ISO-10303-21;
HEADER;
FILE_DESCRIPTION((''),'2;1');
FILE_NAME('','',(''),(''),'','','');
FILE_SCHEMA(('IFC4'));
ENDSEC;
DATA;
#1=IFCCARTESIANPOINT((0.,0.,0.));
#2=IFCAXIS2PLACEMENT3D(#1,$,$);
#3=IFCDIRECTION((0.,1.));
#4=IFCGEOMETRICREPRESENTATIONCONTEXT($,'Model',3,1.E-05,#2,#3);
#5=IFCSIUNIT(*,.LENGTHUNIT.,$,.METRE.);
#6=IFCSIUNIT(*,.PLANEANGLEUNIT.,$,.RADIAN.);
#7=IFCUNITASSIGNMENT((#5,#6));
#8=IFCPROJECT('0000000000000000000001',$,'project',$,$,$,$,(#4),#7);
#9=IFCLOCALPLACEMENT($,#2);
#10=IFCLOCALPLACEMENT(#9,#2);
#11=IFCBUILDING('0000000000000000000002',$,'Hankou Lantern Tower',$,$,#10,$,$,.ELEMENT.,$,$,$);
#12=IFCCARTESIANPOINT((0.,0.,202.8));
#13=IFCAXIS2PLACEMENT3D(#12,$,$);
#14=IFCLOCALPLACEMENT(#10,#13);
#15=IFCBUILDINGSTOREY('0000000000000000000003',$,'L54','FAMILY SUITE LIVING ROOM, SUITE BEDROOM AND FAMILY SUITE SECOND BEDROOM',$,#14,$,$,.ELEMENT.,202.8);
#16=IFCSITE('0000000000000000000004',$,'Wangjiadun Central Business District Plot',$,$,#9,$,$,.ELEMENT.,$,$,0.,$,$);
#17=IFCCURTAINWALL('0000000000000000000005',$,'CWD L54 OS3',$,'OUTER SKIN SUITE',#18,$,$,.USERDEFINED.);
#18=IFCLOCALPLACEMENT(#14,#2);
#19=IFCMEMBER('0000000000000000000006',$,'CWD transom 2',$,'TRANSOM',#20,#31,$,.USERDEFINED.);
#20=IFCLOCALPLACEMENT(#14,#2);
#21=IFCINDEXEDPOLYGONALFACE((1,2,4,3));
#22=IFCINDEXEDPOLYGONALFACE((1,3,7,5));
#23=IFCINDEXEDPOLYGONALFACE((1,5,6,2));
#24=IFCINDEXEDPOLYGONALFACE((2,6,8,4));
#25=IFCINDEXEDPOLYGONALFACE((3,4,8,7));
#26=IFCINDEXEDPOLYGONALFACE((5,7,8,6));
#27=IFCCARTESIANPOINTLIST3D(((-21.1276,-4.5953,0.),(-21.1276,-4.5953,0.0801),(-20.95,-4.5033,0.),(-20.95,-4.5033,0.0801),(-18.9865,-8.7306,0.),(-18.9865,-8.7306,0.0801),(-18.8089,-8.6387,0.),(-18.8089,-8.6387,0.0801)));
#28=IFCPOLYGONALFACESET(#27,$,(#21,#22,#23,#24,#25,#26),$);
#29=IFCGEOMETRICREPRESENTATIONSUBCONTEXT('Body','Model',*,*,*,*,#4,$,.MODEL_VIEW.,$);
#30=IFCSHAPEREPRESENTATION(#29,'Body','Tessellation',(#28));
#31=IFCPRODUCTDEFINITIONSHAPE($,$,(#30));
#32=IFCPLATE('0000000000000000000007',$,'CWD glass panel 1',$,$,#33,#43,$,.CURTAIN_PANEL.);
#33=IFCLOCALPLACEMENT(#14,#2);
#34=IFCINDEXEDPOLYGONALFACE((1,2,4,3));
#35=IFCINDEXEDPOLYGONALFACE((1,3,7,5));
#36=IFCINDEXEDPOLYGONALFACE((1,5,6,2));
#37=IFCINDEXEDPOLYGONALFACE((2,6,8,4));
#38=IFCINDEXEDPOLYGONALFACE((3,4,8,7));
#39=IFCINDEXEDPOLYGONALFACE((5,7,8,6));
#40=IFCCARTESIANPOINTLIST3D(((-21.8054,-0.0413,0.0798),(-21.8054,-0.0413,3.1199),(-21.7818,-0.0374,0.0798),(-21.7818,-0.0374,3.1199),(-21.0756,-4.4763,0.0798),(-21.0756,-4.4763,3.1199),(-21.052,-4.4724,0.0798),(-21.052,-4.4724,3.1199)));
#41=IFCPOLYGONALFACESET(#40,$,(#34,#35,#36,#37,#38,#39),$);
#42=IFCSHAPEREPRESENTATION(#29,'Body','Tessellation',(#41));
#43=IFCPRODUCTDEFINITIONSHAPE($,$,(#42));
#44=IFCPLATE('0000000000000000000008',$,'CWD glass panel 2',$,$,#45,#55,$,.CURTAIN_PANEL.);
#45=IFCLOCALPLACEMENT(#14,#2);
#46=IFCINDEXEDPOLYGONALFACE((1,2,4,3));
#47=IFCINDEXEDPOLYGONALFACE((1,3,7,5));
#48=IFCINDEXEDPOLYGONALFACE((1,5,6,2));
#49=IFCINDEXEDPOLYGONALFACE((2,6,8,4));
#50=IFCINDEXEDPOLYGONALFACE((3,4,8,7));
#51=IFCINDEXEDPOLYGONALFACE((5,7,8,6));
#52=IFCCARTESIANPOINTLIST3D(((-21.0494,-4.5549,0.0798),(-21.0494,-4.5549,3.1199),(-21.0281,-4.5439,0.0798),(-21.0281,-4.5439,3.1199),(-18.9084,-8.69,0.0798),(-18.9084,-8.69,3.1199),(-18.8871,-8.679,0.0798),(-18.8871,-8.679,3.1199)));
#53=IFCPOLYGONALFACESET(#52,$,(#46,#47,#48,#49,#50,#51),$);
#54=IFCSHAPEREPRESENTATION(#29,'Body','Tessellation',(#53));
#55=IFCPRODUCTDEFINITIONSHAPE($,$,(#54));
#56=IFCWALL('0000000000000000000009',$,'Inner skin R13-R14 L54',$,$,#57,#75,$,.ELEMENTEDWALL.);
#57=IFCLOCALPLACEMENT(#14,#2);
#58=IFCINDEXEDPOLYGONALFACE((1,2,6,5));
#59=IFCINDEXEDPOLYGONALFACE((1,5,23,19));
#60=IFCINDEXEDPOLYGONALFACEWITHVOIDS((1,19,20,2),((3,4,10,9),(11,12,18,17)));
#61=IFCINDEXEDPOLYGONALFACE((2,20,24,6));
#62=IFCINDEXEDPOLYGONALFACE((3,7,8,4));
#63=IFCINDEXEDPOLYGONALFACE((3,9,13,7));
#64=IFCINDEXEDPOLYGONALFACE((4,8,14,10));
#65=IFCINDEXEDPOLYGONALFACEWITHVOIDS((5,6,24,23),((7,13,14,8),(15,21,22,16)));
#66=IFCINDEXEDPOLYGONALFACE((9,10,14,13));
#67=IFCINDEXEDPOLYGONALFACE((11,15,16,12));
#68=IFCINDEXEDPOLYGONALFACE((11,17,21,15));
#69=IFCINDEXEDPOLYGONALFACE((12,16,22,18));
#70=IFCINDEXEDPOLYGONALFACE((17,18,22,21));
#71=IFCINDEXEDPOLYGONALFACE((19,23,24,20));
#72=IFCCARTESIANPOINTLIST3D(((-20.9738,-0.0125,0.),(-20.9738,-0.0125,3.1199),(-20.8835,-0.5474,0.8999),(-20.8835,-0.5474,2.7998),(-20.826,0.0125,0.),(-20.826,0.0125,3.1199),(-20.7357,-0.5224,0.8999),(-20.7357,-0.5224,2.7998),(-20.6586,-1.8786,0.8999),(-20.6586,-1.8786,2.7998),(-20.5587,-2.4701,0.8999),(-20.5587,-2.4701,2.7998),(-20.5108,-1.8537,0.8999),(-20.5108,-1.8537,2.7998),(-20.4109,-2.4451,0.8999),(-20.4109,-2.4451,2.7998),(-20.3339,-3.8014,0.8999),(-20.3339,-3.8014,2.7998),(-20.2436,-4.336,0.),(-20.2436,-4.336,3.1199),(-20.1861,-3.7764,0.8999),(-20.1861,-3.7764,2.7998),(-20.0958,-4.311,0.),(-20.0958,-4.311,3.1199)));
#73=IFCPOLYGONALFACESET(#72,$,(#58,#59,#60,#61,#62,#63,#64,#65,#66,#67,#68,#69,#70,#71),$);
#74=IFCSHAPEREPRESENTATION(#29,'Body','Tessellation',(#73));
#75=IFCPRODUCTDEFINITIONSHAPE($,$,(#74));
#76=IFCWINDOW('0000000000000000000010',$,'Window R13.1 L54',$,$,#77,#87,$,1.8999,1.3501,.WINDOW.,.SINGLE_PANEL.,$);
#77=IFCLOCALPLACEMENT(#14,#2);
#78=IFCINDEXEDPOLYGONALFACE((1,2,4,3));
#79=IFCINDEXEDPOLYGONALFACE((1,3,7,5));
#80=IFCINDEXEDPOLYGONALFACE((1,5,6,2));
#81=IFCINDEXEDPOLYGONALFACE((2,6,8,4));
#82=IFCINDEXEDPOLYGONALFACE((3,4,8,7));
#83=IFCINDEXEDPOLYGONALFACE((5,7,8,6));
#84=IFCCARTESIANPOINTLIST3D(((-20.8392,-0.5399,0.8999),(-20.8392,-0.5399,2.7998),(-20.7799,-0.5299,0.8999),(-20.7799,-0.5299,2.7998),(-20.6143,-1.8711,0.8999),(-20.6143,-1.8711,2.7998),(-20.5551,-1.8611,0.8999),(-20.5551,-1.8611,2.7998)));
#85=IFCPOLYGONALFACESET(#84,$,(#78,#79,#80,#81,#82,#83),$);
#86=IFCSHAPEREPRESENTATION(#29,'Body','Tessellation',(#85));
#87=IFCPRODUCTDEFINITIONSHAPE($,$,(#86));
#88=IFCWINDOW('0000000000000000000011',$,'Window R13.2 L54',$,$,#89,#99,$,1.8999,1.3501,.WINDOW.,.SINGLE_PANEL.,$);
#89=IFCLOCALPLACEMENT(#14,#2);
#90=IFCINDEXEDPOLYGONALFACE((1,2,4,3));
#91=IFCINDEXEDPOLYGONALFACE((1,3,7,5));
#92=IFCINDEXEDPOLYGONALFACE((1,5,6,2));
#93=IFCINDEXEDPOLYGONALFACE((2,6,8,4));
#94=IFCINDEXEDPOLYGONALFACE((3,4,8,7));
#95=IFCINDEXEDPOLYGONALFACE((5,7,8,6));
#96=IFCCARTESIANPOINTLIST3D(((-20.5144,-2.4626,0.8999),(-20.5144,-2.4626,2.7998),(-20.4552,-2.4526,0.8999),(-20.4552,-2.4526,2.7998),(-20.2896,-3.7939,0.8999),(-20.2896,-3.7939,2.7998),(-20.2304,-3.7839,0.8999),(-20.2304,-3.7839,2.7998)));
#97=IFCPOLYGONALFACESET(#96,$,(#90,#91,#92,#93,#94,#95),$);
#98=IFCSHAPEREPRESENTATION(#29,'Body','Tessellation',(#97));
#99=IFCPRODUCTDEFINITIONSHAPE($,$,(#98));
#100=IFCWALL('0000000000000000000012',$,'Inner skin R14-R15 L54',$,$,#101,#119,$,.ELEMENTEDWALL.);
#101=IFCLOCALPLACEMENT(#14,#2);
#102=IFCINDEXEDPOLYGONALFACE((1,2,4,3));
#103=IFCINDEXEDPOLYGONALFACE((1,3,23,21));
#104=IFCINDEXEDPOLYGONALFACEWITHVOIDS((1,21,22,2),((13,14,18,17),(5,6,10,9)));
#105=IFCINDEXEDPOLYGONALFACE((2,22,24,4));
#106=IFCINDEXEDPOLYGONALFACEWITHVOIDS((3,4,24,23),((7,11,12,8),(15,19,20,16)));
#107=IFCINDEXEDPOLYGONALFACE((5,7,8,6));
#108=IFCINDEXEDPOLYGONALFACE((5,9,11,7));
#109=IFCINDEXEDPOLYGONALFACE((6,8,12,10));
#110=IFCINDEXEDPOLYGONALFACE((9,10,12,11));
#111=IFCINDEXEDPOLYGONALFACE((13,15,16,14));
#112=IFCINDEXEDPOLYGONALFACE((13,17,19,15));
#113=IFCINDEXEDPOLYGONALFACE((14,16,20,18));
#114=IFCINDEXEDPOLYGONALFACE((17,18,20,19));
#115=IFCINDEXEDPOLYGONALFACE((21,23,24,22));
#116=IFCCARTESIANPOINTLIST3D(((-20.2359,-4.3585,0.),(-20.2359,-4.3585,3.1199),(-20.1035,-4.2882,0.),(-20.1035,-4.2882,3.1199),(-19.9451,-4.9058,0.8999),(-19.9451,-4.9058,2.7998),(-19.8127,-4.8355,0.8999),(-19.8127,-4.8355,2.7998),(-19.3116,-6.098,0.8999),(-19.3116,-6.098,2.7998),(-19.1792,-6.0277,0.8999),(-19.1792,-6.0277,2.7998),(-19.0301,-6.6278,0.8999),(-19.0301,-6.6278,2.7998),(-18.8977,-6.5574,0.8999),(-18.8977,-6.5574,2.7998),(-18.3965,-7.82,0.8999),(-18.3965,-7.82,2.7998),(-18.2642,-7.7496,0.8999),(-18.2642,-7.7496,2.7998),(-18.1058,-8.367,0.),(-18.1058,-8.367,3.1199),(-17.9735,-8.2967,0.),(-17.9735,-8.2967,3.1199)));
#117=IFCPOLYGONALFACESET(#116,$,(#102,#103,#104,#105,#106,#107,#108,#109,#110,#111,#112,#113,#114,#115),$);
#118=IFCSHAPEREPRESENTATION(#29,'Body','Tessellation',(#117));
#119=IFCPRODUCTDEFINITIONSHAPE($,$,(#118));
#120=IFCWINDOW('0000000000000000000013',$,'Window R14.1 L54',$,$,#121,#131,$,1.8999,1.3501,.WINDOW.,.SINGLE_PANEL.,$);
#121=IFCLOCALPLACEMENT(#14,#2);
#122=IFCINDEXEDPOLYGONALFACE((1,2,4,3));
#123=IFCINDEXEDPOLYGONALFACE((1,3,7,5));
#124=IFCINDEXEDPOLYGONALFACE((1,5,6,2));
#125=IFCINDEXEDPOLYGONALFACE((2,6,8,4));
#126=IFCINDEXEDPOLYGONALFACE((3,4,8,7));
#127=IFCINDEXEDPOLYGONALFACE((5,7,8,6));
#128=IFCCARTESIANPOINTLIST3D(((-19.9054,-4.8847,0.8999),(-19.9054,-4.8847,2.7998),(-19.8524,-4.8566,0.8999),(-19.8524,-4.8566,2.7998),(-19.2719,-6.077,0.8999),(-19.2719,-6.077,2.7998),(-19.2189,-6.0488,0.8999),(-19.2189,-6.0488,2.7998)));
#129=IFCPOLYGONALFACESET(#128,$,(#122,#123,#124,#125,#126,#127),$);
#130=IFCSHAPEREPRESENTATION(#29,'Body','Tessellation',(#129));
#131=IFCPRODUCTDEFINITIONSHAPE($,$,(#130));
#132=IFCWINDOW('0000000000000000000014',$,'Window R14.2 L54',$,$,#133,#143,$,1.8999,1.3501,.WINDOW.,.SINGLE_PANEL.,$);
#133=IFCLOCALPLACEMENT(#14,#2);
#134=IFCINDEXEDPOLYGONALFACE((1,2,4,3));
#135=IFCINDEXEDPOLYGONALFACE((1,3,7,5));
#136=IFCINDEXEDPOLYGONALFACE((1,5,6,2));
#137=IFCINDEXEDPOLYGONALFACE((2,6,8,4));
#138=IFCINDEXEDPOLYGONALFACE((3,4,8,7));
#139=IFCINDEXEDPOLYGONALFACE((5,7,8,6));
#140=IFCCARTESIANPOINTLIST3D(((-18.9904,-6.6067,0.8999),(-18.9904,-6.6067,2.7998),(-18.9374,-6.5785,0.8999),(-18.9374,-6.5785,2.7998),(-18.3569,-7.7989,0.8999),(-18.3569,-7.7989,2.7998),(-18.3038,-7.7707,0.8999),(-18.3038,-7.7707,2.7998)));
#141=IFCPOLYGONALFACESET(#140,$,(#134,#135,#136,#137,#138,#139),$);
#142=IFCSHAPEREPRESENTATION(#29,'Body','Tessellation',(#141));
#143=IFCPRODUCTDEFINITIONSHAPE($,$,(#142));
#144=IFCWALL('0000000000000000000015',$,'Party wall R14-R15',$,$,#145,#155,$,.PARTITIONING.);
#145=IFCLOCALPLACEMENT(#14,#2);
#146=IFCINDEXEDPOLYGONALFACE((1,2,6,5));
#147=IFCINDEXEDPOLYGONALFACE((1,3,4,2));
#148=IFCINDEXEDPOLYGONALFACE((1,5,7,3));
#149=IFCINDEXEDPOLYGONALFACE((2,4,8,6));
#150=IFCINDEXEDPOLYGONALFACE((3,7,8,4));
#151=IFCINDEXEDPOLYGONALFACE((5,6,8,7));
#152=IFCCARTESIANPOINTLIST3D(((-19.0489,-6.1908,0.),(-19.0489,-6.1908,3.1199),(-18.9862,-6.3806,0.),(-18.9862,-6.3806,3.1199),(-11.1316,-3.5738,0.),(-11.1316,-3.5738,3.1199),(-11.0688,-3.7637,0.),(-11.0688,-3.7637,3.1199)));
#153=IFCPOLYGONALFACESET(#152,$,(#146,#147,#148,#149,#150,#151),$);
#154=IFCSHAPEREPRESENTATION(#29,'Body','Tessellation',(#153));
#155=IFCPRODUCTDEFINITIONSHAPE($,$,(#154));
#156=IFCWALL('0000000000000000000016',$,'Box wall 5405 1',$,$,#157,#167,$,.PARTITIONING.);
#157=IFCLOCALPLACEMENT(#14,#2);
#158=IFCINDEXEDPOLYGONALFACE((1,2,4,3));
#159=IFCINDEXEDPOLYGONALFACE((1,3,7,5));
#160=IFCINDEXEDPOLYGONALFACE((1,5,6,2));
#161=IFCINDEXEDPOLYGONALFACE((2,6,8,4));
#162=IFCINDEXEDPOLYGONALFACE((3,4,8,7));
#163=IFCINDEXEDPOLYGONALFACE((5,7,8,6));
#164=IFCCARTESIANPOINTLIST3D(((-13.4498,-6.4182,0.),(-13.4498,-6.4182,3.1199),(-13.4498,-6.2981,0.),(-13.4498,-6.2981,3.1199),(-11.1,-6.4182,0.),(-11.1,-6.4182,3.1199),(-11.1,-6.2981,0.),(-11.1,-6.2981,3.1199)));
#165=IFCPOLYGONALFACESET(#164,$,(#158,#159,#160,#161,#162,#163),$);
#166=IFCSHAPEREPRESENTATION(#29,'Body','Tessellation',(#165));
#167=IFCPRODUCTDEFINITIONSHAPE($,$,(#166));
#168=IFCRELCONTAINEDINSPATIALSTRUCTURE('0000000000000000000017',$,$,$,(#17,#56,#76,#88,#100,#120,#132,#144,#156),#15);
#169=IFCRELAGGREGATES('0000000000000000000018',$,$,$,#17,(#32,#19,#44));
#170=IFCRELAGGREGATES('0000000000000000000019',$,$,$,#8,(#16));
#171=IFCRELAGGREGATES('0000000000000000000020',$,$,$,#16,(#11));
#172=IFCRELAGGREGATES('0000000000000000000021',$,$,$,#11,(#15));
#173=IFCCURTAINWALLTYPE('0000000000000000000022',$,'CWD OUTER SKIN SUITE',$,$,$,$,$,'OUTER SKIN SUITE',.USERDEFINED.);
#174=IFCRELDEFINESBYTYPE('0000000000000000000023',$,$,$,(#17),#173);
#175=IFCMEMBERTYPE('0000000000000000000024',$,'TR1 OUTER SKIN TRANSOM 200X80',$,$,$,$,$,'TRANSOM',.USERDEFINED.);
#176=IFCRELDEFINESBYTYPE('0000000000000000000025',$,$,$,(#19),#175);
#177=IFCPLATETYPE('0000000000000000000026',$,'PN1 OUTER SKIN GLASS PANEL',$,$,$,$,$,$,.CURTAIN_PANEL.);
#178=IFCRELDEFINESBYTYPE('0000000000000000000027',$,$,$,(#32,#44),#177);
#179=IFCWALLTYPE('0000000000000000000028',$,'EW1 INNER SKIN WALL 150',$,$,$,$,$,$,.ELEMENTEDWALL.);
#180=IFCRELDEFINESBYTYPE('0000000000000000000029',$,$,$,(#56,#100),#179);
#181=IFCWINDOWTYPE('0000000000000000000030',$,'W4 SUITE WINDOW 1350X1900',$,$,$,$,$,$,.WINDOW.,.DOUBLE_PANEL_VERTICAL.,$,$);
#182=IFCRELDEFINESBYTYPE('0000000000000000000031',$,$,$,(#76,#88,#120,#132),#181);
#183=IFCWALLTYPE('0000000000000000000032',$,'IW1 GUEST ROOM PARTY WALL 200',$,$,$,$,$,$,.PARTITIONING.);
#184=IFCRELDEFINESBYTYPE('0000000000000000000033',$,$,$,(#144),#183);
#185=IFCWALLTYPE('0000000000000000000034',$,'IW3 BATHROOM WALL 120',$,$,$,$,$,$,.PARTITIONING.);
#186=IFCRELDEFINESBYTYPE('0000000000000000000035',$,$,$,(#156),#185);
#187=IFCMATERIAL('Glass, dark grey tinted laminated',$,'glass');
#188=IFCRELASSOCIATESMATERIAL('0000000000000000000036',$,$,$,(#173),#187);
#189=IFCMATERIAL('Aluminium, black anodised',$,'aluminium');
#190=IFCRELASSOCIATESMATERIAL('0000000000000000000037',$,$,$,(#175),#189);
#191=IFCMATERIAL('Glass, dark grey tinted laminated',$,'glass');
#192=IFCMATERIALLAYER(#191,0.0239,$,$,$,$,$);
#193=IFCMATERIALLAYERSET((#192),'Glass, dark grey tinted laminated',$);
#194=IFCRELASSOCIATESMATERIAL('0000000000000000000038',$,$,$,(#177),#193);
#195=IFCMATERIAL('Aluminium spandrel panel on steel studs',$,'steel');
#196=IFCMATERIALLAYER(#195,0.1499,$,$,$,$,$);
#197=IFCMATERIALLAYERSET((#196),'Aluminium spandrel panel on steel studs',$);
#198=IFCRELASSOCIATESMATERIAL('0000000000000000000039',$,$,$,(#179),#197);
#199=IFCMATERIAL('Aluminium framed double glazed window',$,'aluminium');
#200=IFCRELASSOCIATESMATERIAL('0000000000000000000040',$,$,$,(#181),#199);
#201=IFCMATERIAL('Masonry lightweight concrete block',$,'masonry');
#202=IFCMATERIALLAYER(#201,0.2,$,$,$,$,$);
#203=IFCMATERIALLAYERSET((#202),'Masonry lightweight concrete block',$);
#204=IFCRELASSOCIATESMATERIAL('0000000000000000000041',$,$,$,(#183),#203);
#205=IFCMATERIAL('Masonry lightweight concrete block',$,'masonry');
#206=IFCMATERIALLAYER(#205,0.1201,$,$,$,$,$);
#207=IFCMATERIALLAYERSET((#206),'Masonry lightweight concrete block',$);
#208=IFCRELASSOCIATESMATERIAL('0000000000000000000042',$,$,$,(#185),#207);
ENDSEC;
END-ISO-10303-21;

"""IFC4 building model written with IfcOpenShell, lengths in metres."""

from ifc_helpers import new_model, si_unit, direction, frame, frame_2d, origin, origin_2d, place, context, subcontext, project, spatial, rectangle, extrude, material, layer, layer_set, material_profile, profile_set, type_object, element, fill, aggregate, save


model = new_model("IFC4")

# Units and contexts
model_context = context("Model", 3, precision=1e-05, world=origin(), true_north=direction((0.0, 1.0)))
body_context = subcontext(model_context, "Body", "Model", "MODEL_VIEW")
ifc_project = project(units=[si_unit("LENGTHUNIT", "METRE"), si_unit("PLANEANGLEUNIT", "RADIAN")], contexts=[model_context])

# Site, building, storey
site_placement = place(None, origin())
site = spatial("IfcSite", under=ifc_project, at=site_placement, Name="Wangjiadun Central Business District Plot", CompositionType="ELEMENT", RefElevation=0.0)
building_placement = place(site_placement, origin())
building = spatial("IfcBuilding", under=site, at=building_placement, Name="Hankou Lantern Tower", CompositionType="ELEMENT")
storey_placement = place(building_placement, frame((0.0, 0.0, 202.8)))
storey = spatial("IfcBuildingStorey", under=building, at=storey_placement, Name="L54", Description="FAMILY SUITE LIVING ROOM, SUITE BEDROOM AND FAMILY SUITE SECOND BEDROOM", CompositionType="ELEMENT", Elevation=202.8)

# Curtain wall
ifc_material_1 = material(Name="Glass, dark grey tinted laminated", Category="glass")
curtain_wall_type = type_object("IfcCurtainWallType", Name="CWD OUTER SKIN SUITE", ElementType="OUTER SKIN SUITE", PredefinedType="USERDEFINED", material=ifc_material_1)
curtain_wall_placement = place(storey_placement, origin())
curtain_wall = element("IfcCurtainWall", 1, at=curtain_wall_placement, inside=storey, type_object=curtain_wall_type, Name="CWD L54 OS3", ObjectType="OUTER SKIN SUITE", PredefinedType="USERDEFINED")

# Member
ifc_material_2 = material(Name="Aluminium, black anodised", Category="aluminium")
ifc_material_profile_1 = material_profile(ifc_material_2, rectangle(XDim=0.2, YDim=0.0801, at=origin_2d()), Name="TR1 200X80")
ifc_profile_set_1 = profile_set([ifc_material_profile_1], Name="Aluminium, black anodised")
member_type_1 = type_object("IfcMemberType", Name="TR1 OUTER SKIN TRANSOM 200X80", ElementType="TRANSOM", PredefinedType="USERDEFINED", material=ifc_profile_set_1)
member_1_placement = place(storey_placement, frame((-21.0388, -4.5493, 0.04), z_axis=(0.459794, -0.888026, 0.0), x_axis=(0.888026, 0.459794, 0.0)))
member_1 = element("IfcMember", 2, at=member_1_placement, type_object=member_type_1, Name="CWD transom 2", ObjectType="TRANSOM", PredefinedType="USERDEFINED", context=body_context, shape_type="SweptSolid", body=[
    extrude(rectangle(XDim=0.2, YDim=0.0801, at=origin_2d()), origin(), (0.0, 0.0, 1.0), 4.6567),
])

# Plates
ifc_material_3 = material(Name="Glass, dark grey tinted laminated", Category="glass")
ifc_layer_1 = layer(ifc_material_3, 0.0239)
ifc_layer_set_1 = layer_set([ifc_layer_1], Name="Glass, dark grey tinted laminated")
plate_type = type_object("IfcPlateType", Name="PN1 OUTER SKIN GLASS PANEL", PredefinedType="CURTAIN_PANEL", material=ifc_layer_set_1)
plate_1_placement = place(storey_placement, frame((-21.4287, -2.2568, 0.0798), z_axis=(0.0, 0.0, 1.0), x_axis=(0.162382, -0.986728, 0.0)))
plate_1 = element("IfcPlate", 3, at=plate_1_placement, type_object=plate_type, Name="CWD glass panel 1", PredefinedType="CURTAIN_PANEL", context=body_context, shape_type="SweptSolid", body=[
    extrude(rectangle(XDim=4.4946, YDim=0.0239, at=origin_2d()), origin(), (0.0, 0.0, 1.0), 3.04),
])
plate_2_placement = place(storey_placement, frame((-19.9683, -6.6169, 0.0798), z_axis=(0.0, 0.0, 1.0), x_axis=(0.459791, -0.888027, 0.0)))
plate_2 = element("IfcPlate", 4, at=plate_2_placement, type_object=plate_type, Name="CWD glass panel 2", PredefinedType="CURTAIN_PANEL", context=body_context, shape_type="SweptSolid", body=[
    extrude(rectangle(XDim=4.6565, YDim=0.0239, at=origin_2d()), origin(), (0.0, 0.0, 1.0), 3.04),
])
aggregate(curtain_wall, [plate_1, member_1, plate_2])

# Walls, openings, windows
ifc_material_4 = material(Name="Aluminium spandrel panel on steel studs", Category="steel")
ifc_layer_2 = layer(ifc_material_4, 0.1499)
ifc_layer_set_2 = layer_set([ifc_layer_2], Name="Aluminium spandrel panel on steel studs")
wall_type_1 = type_object("IfcWallType", Name="EW1 INNER SKIN WALL 150", PredefinedType="ELEMENTEDWALL", material=ifc_layer_set_2)
wall_1_placement = place(storey_placement, frame((-20.8999, 0.0, 0.0), z_axis=(0.0, 0.0, 1.0), x_axis=(0.166539, -0.986035, 0.0)))
wall_1 = element("IfcWall", 5, at=wall_1_placement, inside=storey, type_object=wall_type_1, Name="Inner skin R13-R14 L54", PredefinedType="ELEMENTEDWALL", context=body_context, shape_type="SweptSolid", body=[
    extrude(rectangle(XDim=4.3848, YDim=0.1499, at=frame_2d((2.1924, 0.0))), origin(), (0.0, 0.0, 1.0), 3.1199),
])
opening_1_placement = place(wall_1_placement, frame((0.5425, 0.0, 0.8999)))
opening_1 = element("IfcOpeningElement", 6, at=opening_1_placement, cuts=wall_1, PredefinedType="OPENING", context=body_context, shape_type="SweptSolid", body=[
    extrude(rectangle(XDim=1.3501, YDim=1.8999, at=frame_2d((0.675, 0.95))), frame((0.0, 0.085, 0.0), z_axis=(0.0, -1.0, 0.0), x_axis=(1.0, 0.0, 0.0)), (0.0, 0.0, 1.0), 0.1699),
])
opening_2_placement = place(wall_1_placement, frame((2.4924, 0.0, 0.8999)))
opening_2 = element("IfcOpeningElement", 7, at=opening_2_placement, cuts=wall_1, PredefinedType="OPENING", context=body_context, shape_type="SweptSolid", body=[
    extrude(rectangle(XDim=1.3501, YDim=1.8999, at=frame_2d((0.675, 0.95))), frame((0.0, 0.085, 0.0), z_axis=(0.0, -1.0, 0.0), x_axis=(1.0, 0.0, 0.0)), (0.0, 0.0, 1.0), 0.1699),
])
ifc_material_5 = material(Name="Aluminium framed double glazed window", Category="aluminium")
window_type = type_object("IfcWindowType", Name="W4 SUITE WINDOW 1350X1900", PartitioningType="DOUBLE_PANEL_VERTICAL", PredefinedType="WINDOW", material=ifc_material_5)
window_1_placement = place(opening_1_placement, origin())
window_1 = element("IfcWindow", 8, at=window_1_placement, inside=storey, type_object=window_type, Name="Window R13.1 L54", OverallHeight=1.8999, OverallWidth=1.3501, PartitioningType="SINGLE_PANEL", PredefinedType="WINDOW", context=body_context, shape_type="SweptSolid", body=[
    extrude(rectangle(XDim=1.3501, YDim=1.8999, at=frame_2d((0.675, 0.95))), frame((0.0, 0.03, 0.0), z_axis=(0.0, -1.0, 0.0), x_axis=(1.0, 0.0, 0.0)), (0.0, 0.0, 1.0), 0.0601),
])
fill(opening_1, window_1)
window_2_placement = place(opening_2_placement, origin())
window_2 = element("IfcWindow", 9, at=window_2_placement, inside=storey, type_object=window_type, Name="Window R13.2 L54", OverallHeight=1.8999, OverallWidth=1.3501, PartitioningType="SINGLE_PANEL", PredefinedType="WINDOW", context=body_context, shape_type="SweptSolid", body=[
    extrude(rectangle(XDim=1.3501, YDim=1.8999, at=frame_2d((0.675, 0.95))), frame((0.0, 0.03, 0.0), z_axis=(0.0, -1.0, 0.0), x_axis=(1.0, 0.0, 0.0)), (0.0, 0.0, 1.0), 0.0601),
])
fill(opening_2, window_2)
wall_2_placement = place(storey_placement, frame((-20.1697, -4.3235, 0.0), z_axis=(0.0, 0.0, 1.0), x_axis=(0.469256, -0.883062, 0.0)))
wall_2 = element("IfcWall", 10, at=wall_2_placement, inside=storey, type_object=wall_type_1, Name="Inner skin R14-R15 L54", PredefinedType="ELEMENTEDWALL", context=body_context, shape_type="SweptSolid", body=[
    extrude(rectangle(XDim=4.5393, YDim=0.1499, at=frame_2d((2.2695, 0.0))), origin(), (0.0, 0.0, 1.0), 3.1199),
])
opening_3_placement = place(wall_2_placement, frame((0.6196, 0.0, 0.8999)))
opening_3 = element("IfcOpeningElement", 11, at=opening_3_placement, cuts=wall_2, PredefinedType="OPENING", context=body_context, shape_type="SweptSolid", body=[
    extrude(rectangle(XDim=1.3501, YDim=1.8999, at=frame_2d((0.675, 0.95))), frame((0.0, 0.085, 0.0), z_axis=(0.0, -1.0, 0.0), x_axis=(1.0, 0.0, 0.0)), (0.0, 0.0, 1.0), 0.1699),
])
opening_4_placement = place(wall_2_placement, frame((2.5696, 0.0, 0.8999)))
opening_4 = element("IfcOpeningElement", 12, at=opening_4_placement, cuts=wall_2, PredefinedType="OPENING", context=body_context, shape_type="SweptSolid", body=[
    extrude(rectangle(XDim=1.3501, YDim=1.8999, at=frame_2d((0.675, 0.95))), frame((0.0, 0.085, 0.0), z_axis=(0.0, -1.0, 0.0), x_axis=(1.0, 0.0, 0.0)), (0.0, 0.0, 1.0), 0.1699),
])
window_3_placement = place(opening_3_placement, origin())
window_3 = element("IfcWindow", 13, at=window_3_placement, inside=storey, type_object=window_type, Name="Window R14.1 L54", OverallHeight=1.8999, OverallWidth=1.3501, PartitioningType="SINGLE_PANEL", PredefinedType="WINDOW", context=body_context, shape_type="SweptSolid", body=[
    extrude(rectangle(XDim=1.3501, YDim=1.8999, at=frame_2d((0.675, 0.95))), frame((0.0, 0.03, 0.0), z_axis=(0.0, -1.0, 0.0), x_axis=(1.0, 0.0, 0.0)), (0.0, 0.0, 1.0), 0.0601),
])
fill(opening_3, window_3)
window_4_placement = place(opening_4_placement, origin())
window_4 = element("IfcWindow", 14, at=window_4_placement, inside=storey, type_object=window_type, Name="Window R14.2 L54", OverallHeight=1.8999, OverallWidth=1.3501, PartitioningType="SINGLE_PANEL", PredefinedType="WINDOW", context=body_context, shape_type="SweptSolid", body=[
    extrude(rectangle(XDim=1.3501, YDim=1.8999, at=frame_2d((0.675, 0.95))), frame((0.0, 0.03, 0.0), z_axis=(0.0, -1.0, 0.0), x_axis=(1.0, 0.0, 0.0)), (0.0, 0.0, 1.0), 0.0601),
])
fill(opening_4, window_4)

# Walls
ifc_material_6 = material(Name="Masonry lightweight concrete block", Category="masonry")
ifc_layer_3 = layer(ifc_material_6, 0.2)
ifc_layer_set_3 = layer_set([ifc_layer_3], Name="Masonry lightweight concrete block")
wall_type_2 = type_object("IfcWallType", Name="IW1 GUEST ROOM PARTY WALL 200", PredefinedType="PARTITIONING", material=ifc_layer_set_3)
wall_3_placement = place(storey_placement, frame((-11.1001, -3.6687, 0.0), z_axis=(0.0, 0.0, 1.0), x_axis=(-0.949477, -0.313838, 0.0)))
element("IfcWall", 15, at=wall_3_placement, inside=storey, type_object=wall_type_2, Name="Party wall R14-R15", PredefinedType="PARTITIONING", context=body_context, shape_type="SweptSolid", body=[
    extrude(rectangle(XDim=8.3386, YDim=0.2, at=frame_2d((4.1694, 0.0))), origin(), (0.0, 0.0, 1.0), 3.1199),
])
ifc_material_7 = material(Name="Masonry lightweight concrete block", Category="masonry")
ifc_layer_4 = layer(ifc_material_7, 0.1201)
ifc_layer_set_4 = layer_set([ifc_layer_4], Name="Masonry lightweight concrete block")
wall_type_3 = type_object("IfcWallType", Name="IW3 BATHROOM WALL 120", PredefinedType="PARTITIONING", material=ifc_layer_set_4)
wall_4_placement = place(storey_placement, frame((-11.1001, -6.3582, 0.0), z_axis=(0.0, 0.0, 1.0), x_axis=(-1.0, 0.0, 0.0)))
element("IfcWall", 16, at=wall_4_placement, inside=storey, type_object=wall_type_3, Name="Box wall 5405 1", PredefinedType="PARTITIONING", context=body_context, shape_type="SweptSolid", body=[
    extrude(rectangle(XDim=2.3499, YDim=0.1201, at=frame_2d((1.1748, 0.0))), origin(), (0.0, 0.0, 1.0), 3.1199),
])

save(model, "model.ifc")
